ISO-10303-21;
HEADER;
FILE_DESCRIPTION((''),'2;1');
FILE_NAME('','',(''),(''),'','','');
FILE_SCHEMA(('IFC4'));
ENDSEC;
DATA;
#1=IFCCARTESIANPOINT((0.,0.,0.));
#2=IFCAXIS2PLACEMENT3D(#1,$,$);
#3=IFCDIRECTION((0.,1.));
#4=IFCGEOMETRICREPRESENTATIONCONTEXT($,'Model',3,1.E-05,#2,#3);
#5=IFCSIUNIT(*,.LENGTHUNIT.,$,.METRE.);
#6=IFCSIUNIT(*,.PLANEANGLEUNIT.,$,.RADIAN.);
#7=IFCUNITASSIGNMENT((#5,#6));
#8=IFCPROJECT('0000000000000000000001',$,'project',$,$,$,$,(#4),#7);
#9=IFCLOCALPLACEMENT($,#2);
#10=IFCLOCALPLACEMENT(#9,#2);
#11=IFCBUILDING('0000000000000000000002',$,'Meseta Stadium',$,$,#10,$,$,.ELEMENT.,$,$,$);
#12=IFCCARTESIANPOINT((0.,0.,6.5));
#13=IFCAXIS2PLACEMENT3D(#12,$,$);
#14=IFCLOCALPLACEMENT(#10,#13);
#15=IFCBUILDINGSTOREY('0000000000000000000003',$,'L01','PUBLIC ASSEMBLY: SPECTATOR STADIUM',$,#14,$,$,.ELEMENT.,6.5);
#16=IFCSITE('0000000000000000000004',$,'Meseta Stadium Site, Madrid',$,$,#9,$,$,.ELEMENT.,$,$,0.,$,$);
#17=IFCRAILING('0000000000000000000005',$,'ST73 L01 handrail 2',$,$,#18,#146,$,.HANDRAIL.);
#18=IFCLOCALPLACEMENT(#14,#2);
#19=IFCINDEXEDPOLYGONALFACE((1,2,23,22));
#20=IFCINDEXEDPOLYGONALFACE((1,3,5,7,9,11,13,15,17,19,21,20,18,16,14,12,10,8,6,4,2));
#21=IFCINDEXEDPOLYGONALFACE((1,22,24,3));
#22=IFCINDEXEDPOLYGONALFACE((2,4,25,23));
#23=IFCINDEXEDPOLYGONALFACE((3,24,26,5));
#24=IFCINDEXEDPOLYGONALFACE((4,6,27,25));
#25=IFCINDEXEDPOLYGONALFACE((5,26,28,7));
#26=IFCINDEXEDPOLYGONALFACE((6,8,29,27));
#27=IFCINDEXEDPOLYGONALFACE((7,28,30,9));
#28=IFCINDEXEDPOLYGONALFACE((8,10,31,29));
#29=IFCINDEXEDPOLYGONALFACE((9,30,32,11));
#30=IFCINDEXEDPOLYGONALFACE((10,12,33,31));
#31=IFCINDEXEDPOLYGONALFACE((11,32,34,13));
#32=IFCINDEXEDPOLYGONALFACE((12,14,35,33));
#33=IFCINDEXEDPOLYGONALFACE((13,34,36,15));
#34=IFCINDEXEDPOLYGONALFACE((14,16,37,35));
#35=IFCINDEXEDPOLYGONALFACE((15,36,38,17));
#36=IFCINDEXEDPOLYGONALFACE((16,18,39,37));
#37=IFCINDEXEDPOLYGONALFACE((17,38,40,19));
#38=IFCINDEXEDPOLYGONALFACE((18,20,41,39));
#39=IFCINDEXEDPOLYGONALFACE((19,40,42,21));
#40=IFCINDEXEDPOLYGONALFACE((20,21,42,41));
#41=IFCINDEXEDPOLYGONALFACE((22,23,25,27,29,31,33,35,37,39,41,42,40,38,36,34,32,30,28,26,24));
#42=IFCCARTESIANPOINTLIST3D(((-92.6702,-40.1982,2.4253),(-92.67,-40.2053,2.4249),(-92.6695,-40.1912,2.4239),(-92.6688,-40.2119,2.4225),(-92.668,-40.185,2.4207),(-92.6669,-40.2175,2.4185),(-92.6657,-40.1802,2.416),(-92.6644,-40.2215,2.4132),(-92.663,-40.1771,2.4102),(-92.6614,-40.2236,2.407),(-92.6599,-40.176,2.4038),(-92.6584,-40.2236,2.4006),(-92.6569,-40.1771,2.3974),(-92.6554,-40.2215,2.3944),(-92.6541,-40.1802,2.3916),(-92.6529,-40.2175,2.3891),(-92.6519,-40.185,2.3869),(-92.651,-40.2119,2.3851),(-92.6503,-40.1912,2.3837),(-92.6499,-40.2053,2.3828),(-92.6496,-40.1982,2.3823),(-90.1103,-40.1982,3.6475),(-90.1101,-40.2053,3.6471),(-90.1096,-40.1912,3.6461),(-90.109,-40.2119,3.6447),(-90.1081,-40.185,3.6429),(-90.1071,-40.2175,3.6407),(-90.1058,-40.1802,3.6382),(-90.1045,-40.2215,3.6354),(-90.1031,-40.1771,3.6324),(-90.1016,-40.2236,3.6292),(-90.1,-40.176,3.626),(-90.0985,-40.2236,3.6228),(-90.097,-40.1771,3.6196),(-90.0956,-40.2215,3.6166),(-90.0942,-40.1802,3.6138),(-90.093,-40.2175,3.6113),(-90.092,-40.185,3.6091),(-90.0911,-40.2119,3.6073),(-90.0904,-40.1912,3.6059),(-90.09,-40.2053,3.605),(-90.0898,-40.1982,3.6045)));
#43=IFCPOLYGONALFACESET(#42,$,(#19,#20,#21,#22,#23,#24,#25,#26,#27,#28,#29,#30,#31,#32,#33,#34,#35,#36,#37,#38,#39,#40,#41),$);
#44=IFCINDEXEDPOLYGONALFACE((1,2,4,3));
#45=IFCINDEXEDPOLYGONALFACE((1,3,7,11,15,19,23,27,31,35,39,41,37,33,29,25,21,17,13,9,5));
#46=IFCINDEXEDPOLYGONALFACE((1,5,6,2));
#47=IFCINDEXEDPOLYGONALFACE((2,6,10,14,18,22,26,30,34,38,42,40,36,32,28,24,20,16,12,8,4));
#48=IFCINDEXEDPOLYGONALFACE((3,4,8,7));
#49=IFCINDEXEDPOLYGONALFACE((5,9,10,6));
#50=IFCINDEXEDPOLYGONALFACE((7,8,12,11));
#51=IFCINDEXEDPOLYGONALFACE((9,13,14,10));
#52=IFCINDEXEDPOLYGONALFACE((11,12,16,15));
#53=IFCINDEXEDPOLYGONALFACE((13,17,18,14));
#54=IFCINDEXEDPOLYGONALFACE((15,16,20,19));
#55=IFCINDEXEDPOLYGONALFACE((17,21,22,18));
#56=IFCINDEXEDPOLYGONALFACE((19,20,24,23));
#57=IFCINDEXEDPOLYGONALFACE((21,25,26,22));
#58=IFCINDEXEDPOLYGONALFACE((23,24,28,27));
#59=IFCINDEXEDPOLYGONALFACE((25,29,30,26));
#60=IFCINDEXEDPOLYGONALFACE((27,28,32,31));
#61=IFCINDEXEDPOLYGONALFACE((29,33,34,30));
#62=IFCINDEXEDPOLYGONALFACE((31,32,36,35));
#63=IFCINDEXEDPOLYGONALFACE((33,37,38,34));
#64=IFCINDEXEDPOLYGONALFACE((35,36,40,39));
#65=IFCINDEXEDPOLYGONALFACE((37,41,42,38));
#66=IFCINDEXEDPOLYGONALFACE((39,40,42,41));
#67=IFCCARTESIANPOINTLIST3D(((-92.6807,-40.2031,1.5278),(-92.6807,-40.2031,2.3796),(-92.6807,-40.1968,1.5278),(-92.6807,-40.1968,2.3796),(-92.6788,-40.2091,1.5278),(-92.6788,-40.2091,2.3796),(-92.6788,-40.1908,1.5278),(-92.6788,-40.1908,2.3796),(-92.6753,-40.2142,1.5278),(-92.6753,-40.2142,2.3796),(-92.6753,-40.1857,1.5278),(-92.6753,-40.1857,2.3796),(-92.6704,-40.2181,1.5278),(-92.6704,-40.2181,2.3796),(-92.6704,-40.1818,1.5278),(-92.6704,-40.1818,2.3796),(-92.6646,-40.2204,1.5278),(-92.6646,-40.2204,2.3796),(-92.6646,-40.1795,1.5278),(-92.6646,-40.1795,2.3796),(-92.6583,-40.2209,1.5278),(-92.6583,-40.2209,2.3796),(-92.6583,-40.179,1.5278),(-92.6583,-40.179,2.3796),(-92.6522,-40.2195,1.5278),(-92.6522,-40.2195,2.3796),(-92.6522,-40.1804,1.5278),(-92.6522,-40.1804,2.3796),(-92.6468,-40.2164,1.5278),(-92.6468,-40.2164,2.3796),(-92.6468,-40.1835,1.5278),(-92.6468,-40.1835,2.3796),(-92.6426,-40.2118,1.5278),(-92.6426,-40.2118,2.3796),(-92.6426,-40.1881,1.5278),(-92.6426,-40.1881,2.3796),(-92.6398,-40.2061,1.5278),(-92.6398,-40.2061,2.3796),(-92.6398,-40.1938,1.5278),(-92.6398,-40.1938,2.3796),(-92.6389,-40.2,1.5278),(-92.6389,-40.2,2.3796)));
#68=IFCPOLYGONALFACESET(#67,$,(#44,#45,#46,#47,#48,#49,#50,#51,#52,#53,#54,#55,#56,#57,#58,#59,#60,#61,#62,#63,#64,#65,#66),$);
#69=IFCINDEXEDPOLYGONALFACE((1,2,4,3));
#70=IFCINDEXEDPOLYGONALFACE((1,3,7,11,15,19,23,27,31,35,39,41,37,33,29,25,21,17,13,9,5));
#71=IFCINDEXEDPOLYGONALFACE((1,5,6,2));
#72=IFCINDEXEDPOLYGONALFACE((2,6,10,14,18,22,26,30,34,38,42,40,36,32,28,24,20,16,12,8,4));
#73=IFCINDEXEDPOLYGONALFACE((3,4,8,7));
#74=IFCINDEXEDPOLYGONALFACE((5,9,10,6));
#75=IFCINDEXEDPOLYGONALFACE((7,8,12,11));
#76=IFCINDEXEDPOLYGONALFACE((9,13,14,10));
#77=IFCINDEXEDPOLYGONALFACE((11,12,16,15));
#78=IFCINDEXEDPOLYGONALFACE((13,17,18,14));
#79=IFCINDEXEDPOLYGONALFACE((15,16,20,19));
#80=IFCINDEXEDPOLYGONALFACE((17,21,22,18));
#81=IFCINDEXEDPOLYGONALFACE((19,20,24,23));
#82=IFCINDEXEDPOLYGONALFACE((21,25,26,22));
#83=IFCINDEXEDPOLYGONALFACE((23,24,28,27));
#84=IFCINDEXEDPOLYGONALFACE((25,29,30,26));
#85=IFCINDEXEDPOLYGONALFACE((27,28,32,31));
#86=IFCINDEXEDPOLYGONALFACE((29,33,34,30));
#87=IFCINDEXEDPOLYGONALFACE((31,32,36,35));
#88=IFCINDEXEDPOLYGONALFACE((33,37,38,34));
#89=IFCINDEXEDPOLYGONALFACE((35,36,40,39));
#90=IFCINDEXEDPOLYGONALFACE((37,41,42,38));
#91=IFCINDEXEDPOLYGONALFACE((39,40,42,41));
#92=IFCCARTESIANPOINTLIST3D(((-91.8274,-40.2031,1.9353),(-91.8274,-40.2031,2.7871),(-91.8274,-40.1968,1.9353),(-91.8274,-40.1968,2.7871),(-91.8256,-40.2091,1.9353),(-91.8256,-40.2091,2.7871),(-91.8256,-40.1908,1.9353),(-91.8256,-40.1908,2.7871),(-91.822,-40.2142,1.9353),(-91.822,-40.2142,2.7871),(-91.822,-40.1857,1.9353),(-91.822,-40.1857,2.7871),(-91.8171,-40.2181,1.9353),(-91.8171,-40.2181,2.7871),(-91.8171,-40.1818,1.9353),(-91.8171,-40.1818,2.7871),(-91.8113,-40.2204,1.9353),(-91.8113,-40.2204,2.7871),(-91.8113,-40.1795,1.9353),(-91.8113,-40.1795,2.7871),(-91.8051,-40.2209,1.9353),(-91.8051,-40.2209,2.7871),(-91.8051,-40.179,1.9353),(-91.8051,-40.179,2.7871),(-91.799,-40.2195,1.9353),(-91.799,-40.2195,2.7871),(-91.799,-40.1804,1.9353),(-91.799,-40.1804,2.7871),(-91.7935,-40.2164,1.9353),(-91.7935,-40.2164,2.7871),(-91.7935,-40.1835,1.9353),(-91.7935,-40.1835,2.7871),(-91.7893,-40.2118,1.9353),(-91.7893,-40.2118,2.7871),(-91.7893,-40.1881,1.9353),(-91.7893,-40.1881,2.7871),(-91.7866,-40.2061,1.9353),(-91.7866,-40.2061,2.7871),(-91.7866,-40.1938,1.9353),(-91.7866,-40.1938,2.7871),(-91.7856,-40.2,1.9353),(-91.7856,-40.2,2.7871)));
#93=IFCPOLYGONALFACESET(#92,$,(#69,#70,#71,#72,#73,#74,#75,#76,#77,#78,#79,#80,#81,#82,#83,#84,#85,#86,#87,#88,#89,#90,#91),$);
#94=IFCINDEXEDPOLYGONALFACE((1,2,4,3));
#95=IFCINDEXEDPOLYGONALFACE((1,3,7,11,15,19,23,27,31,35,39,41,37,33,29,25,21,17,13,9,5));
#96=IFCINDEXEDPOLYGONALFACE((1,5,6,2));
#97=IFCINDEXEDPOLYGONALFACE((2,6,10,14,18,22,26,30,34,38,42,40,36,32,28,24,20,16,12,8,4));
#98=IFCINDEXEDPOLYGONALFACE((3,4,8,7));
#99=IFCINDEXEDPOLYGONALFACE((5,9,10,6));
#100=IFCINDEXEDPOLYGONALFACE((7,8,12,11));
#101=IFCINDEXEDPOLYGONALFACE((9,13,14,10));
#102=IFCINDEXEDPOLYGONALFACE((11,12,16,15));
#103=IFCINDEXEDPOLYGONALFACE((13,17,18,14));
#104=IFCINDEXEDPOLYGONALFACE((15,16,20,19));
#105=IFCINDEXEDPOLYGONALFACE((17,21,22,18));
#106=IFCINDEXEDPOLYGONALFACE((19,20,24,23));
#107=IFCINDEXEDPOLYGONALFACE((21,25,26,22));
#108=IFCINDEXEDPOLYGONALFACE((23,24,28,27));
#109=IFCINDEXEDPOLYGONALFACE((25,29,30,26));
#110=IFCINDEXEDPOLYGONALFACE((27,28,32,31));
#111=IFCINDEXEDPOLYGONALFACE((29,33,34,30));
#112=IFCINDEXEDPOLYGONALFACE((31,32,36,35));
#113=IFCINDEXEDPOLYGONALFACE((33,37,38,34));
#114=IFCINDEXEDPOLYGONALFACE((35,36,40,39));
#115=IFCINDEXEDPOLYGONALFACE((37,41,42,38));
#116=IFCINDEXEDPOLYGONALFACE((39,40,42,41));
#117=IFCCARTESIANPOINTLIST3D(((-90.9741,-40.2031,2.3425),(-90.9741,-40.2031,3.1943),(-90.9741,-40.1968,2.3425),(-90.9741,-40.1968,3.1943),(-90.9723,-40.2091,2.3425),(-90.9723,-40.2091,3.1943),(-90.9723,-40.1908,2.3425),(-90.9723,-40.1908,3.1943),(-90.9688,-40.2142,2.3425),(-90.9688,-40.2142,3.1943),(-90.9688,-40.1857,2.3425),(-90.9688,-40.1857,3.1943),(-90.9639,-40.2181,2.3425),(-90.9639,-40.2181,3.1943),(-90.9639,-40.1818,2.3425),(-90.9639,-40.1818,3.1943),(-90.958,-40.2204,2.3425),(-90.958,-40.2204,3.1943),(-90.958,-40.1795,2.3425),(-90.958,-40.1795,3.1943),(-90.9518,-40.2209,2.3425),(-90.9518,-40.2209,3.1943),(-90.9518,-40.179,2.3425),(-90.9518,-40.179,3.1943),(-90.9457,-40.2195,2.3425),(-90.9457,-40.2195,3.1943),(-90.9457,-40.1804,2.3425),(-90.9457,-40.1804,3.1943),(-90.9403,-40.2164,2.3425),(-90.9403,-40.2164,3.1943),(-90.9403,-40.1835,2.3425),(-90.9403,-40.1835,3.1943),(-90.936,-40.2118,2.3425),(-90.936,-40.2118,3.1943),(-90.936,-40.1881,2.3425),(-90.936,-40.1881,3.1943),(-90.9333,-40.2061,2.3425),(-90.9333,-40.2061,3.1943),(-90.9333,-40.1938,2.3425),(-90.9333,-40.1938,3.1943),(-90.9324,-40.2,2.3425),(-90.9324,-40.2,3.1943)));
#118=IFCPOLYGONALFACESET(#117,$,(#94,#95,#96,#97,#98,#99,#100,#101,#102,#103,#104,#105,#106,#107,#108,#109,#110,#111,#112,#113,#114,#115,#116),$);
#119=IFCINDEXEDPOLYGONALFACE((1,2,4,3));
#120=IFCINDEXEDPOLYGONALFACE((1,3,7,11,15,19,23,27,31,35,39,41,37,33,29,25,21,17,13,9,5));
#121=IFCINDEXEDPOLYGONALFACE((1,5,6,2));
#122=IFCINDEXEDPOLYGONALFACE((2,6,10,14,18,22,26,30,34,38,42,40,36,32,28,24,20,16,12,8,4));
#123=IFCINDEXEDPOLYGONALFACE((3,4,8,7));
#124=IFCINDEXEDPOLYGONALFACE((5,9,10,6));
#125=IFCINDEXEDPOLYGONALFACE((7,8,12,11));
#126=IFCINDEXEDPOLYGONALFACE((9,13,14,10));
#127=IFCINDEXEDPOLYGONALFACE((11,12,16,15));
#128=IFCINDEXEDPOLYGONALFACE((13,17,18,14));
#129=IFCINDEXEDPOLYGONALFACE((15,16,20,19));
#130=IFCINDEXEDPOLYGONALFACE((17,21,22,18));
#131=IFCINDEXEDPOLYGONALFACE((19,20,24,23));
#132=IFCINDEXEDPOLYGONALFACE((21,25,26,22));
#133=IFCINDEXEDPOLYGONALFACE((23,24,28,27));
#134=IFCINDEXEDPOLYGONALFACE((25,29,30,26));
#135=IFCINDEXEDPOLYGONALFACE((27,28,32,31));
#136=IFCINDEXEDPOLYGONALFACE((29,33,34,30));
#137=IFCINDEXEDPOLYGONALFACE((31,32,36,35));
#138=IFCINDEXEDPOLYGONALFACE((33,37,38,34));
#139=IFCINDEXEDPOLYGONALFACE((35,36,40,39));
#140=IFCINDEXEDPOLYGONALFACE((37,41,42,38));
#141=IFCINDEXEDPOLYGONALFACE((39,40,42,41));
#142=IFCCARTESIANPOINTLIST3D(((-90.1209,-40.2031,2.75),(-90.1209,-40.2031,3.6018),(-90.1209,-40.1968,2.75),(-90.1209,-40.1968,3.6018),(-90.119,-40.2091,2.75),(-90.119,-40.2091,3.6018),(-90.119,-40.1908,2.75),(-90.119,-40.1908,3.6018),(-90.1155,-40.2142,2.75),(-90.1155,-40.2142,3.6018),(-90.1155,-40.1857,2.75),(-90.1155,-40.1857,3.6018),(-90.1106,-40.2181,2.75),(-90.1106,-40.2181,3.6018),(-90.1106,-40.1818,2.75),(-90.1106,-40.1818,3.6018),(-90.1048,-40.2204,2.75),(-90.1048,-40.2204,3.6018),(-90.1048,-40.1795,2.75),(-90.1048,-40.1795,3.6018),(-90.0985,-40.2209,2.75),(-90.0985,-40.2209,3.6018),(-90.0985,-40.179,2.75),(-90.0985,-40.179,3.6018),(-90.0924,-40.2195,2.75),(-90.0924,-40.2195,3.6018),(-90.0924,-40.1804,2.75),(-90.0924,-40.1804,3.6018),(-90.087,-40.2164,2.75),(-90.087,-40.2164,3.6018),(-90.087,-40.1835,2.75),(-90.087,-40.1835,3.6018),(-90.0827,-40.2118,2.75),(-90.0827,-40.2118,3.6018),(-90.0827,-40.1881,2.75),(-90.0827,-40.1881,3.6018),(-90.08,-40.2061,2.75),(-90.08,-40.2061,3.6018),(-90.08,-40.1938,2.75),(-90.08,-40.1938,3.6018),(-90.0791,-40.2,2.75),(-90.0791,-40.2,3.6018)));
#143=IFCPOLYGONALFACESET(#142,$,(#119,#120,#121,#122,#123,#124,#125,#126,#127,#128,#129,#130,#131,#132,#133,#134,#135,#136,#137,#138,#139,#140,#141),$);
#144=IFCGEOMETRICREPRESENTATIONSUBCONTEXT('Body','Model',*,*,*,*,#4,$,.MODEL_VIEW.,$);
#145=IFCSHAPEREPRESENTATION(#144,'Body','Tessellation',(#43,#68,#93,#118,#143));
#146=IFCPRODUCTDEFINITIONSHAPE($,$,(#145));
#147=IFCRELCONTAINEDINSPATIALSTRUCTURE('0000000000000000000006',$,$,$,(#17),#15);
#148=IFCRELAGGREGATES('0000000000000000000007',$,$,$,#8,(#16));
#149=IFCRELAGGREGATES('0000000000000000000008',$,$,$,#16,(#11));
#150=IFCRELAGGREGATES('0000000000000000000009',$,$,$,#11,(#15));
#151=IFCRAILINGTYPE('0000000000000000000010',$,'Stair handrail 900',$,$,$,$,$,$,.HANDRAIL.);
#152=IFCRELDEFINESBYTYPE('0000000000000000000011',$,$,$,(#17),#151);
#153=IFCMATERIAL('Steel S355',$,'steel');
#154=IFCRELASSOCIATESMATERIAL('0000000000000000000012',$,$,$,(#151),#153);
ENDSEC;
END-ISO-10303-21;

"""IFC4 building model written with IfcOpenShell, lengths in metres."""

from ifc_helpers import new_model, si_unit, direction, frame, origin, origin_2d, place, context, subcontext, project, spatial, circle, extrude, material, type_object, element, save


model = new_model("IFC4")

# Units and contexts
model_context = context("Model", 3, precision=1e-05, world=origin(), true_north=direction((0.0, 1.0)))
body_context = subcontext(model_context, "Body", "Model", "MODEL_VIEW")
ifc_project = project(units=[si_unit("LENGTHUNIT", "METRE"), si_unit("PLANEANGLEUNIT", "RADIAN")], contexts=[model_context])

# Site, building, storey
site_placement = place(None, origin())
site = spatial("IfcSite", under=ifc_project, at=site_placement, Name="Meseta Stadium Site, Madrid", CompositionType="ELEMENT", RefElevation=0.0)
building_placement = place(site_placement, origin())
building = spatial("IfcBuilding", under=site, at=building_placement, Name="Meseta Stadium", CompositionType="ELEMENT")
storey_placement = place(building_placement, frame((0.0, 0.0, 6.5)))
storey = spatial("IfcBuildingStorey", under=building, at=storey_placement, Name="L01", Description="PUBLIC ASSEMBLY: SPECTATOR STADIUM", CompositionType="ELEMENT", Elevation=6.5)

# Railing
ifc_material_1 = material(Name="Steel S355", Category="steel")
railing_type_1 = type_object("IfcRailingType", Name="Stair handrail 900", PredefinedType="HANDRAIL", material=ifc_material_1)
for number, where, name in (
    (1, (-92.6599, -40.2, 1.5278), "ST73 L01 handrail 2"),
):
    element("IfcRailing", number, at=place(storey_placement, frame(where)), inside=storey, type_object=railing_type_1, Name=name, PredefinedType="HANDRAIL", context=body_context, shape_type="SweptSolid", body=[
        extrude(circle(Radius=0.0239, at=origin_2d()), frame((0.0, 0.0, 0.876), z_axis=(0.902421, 0.0, 0.430855), x_axis=(0.0, 1.0, 0.0)), (0.0, 0.0, 1.0), 2.8367),
        extrude(circle(Radius=0.021, at=origin_2d()), origin(), (0.0, 0.0, 1.0), 0.8518),
        extrude(circle(Radius=0.021, at=origin_2d()), frame((0.8533, 0.0, 0.4075)), (0.0, 0.0, 1.0), 0.8518),
        extrude(circle(Radius=0.021, at=origin_2d()), frame((1.7065, 0.0, 0.8147)), (0.0, 0.0, 1.0), 0.8518),
        extrude(circle(Radius=0.021, at=origin_2d()), frame((2.5598, 0.0, 1.2222)), (0.0, 0.0, 1.0), 0.8518),
    ])

save(model, "model.ifc")
